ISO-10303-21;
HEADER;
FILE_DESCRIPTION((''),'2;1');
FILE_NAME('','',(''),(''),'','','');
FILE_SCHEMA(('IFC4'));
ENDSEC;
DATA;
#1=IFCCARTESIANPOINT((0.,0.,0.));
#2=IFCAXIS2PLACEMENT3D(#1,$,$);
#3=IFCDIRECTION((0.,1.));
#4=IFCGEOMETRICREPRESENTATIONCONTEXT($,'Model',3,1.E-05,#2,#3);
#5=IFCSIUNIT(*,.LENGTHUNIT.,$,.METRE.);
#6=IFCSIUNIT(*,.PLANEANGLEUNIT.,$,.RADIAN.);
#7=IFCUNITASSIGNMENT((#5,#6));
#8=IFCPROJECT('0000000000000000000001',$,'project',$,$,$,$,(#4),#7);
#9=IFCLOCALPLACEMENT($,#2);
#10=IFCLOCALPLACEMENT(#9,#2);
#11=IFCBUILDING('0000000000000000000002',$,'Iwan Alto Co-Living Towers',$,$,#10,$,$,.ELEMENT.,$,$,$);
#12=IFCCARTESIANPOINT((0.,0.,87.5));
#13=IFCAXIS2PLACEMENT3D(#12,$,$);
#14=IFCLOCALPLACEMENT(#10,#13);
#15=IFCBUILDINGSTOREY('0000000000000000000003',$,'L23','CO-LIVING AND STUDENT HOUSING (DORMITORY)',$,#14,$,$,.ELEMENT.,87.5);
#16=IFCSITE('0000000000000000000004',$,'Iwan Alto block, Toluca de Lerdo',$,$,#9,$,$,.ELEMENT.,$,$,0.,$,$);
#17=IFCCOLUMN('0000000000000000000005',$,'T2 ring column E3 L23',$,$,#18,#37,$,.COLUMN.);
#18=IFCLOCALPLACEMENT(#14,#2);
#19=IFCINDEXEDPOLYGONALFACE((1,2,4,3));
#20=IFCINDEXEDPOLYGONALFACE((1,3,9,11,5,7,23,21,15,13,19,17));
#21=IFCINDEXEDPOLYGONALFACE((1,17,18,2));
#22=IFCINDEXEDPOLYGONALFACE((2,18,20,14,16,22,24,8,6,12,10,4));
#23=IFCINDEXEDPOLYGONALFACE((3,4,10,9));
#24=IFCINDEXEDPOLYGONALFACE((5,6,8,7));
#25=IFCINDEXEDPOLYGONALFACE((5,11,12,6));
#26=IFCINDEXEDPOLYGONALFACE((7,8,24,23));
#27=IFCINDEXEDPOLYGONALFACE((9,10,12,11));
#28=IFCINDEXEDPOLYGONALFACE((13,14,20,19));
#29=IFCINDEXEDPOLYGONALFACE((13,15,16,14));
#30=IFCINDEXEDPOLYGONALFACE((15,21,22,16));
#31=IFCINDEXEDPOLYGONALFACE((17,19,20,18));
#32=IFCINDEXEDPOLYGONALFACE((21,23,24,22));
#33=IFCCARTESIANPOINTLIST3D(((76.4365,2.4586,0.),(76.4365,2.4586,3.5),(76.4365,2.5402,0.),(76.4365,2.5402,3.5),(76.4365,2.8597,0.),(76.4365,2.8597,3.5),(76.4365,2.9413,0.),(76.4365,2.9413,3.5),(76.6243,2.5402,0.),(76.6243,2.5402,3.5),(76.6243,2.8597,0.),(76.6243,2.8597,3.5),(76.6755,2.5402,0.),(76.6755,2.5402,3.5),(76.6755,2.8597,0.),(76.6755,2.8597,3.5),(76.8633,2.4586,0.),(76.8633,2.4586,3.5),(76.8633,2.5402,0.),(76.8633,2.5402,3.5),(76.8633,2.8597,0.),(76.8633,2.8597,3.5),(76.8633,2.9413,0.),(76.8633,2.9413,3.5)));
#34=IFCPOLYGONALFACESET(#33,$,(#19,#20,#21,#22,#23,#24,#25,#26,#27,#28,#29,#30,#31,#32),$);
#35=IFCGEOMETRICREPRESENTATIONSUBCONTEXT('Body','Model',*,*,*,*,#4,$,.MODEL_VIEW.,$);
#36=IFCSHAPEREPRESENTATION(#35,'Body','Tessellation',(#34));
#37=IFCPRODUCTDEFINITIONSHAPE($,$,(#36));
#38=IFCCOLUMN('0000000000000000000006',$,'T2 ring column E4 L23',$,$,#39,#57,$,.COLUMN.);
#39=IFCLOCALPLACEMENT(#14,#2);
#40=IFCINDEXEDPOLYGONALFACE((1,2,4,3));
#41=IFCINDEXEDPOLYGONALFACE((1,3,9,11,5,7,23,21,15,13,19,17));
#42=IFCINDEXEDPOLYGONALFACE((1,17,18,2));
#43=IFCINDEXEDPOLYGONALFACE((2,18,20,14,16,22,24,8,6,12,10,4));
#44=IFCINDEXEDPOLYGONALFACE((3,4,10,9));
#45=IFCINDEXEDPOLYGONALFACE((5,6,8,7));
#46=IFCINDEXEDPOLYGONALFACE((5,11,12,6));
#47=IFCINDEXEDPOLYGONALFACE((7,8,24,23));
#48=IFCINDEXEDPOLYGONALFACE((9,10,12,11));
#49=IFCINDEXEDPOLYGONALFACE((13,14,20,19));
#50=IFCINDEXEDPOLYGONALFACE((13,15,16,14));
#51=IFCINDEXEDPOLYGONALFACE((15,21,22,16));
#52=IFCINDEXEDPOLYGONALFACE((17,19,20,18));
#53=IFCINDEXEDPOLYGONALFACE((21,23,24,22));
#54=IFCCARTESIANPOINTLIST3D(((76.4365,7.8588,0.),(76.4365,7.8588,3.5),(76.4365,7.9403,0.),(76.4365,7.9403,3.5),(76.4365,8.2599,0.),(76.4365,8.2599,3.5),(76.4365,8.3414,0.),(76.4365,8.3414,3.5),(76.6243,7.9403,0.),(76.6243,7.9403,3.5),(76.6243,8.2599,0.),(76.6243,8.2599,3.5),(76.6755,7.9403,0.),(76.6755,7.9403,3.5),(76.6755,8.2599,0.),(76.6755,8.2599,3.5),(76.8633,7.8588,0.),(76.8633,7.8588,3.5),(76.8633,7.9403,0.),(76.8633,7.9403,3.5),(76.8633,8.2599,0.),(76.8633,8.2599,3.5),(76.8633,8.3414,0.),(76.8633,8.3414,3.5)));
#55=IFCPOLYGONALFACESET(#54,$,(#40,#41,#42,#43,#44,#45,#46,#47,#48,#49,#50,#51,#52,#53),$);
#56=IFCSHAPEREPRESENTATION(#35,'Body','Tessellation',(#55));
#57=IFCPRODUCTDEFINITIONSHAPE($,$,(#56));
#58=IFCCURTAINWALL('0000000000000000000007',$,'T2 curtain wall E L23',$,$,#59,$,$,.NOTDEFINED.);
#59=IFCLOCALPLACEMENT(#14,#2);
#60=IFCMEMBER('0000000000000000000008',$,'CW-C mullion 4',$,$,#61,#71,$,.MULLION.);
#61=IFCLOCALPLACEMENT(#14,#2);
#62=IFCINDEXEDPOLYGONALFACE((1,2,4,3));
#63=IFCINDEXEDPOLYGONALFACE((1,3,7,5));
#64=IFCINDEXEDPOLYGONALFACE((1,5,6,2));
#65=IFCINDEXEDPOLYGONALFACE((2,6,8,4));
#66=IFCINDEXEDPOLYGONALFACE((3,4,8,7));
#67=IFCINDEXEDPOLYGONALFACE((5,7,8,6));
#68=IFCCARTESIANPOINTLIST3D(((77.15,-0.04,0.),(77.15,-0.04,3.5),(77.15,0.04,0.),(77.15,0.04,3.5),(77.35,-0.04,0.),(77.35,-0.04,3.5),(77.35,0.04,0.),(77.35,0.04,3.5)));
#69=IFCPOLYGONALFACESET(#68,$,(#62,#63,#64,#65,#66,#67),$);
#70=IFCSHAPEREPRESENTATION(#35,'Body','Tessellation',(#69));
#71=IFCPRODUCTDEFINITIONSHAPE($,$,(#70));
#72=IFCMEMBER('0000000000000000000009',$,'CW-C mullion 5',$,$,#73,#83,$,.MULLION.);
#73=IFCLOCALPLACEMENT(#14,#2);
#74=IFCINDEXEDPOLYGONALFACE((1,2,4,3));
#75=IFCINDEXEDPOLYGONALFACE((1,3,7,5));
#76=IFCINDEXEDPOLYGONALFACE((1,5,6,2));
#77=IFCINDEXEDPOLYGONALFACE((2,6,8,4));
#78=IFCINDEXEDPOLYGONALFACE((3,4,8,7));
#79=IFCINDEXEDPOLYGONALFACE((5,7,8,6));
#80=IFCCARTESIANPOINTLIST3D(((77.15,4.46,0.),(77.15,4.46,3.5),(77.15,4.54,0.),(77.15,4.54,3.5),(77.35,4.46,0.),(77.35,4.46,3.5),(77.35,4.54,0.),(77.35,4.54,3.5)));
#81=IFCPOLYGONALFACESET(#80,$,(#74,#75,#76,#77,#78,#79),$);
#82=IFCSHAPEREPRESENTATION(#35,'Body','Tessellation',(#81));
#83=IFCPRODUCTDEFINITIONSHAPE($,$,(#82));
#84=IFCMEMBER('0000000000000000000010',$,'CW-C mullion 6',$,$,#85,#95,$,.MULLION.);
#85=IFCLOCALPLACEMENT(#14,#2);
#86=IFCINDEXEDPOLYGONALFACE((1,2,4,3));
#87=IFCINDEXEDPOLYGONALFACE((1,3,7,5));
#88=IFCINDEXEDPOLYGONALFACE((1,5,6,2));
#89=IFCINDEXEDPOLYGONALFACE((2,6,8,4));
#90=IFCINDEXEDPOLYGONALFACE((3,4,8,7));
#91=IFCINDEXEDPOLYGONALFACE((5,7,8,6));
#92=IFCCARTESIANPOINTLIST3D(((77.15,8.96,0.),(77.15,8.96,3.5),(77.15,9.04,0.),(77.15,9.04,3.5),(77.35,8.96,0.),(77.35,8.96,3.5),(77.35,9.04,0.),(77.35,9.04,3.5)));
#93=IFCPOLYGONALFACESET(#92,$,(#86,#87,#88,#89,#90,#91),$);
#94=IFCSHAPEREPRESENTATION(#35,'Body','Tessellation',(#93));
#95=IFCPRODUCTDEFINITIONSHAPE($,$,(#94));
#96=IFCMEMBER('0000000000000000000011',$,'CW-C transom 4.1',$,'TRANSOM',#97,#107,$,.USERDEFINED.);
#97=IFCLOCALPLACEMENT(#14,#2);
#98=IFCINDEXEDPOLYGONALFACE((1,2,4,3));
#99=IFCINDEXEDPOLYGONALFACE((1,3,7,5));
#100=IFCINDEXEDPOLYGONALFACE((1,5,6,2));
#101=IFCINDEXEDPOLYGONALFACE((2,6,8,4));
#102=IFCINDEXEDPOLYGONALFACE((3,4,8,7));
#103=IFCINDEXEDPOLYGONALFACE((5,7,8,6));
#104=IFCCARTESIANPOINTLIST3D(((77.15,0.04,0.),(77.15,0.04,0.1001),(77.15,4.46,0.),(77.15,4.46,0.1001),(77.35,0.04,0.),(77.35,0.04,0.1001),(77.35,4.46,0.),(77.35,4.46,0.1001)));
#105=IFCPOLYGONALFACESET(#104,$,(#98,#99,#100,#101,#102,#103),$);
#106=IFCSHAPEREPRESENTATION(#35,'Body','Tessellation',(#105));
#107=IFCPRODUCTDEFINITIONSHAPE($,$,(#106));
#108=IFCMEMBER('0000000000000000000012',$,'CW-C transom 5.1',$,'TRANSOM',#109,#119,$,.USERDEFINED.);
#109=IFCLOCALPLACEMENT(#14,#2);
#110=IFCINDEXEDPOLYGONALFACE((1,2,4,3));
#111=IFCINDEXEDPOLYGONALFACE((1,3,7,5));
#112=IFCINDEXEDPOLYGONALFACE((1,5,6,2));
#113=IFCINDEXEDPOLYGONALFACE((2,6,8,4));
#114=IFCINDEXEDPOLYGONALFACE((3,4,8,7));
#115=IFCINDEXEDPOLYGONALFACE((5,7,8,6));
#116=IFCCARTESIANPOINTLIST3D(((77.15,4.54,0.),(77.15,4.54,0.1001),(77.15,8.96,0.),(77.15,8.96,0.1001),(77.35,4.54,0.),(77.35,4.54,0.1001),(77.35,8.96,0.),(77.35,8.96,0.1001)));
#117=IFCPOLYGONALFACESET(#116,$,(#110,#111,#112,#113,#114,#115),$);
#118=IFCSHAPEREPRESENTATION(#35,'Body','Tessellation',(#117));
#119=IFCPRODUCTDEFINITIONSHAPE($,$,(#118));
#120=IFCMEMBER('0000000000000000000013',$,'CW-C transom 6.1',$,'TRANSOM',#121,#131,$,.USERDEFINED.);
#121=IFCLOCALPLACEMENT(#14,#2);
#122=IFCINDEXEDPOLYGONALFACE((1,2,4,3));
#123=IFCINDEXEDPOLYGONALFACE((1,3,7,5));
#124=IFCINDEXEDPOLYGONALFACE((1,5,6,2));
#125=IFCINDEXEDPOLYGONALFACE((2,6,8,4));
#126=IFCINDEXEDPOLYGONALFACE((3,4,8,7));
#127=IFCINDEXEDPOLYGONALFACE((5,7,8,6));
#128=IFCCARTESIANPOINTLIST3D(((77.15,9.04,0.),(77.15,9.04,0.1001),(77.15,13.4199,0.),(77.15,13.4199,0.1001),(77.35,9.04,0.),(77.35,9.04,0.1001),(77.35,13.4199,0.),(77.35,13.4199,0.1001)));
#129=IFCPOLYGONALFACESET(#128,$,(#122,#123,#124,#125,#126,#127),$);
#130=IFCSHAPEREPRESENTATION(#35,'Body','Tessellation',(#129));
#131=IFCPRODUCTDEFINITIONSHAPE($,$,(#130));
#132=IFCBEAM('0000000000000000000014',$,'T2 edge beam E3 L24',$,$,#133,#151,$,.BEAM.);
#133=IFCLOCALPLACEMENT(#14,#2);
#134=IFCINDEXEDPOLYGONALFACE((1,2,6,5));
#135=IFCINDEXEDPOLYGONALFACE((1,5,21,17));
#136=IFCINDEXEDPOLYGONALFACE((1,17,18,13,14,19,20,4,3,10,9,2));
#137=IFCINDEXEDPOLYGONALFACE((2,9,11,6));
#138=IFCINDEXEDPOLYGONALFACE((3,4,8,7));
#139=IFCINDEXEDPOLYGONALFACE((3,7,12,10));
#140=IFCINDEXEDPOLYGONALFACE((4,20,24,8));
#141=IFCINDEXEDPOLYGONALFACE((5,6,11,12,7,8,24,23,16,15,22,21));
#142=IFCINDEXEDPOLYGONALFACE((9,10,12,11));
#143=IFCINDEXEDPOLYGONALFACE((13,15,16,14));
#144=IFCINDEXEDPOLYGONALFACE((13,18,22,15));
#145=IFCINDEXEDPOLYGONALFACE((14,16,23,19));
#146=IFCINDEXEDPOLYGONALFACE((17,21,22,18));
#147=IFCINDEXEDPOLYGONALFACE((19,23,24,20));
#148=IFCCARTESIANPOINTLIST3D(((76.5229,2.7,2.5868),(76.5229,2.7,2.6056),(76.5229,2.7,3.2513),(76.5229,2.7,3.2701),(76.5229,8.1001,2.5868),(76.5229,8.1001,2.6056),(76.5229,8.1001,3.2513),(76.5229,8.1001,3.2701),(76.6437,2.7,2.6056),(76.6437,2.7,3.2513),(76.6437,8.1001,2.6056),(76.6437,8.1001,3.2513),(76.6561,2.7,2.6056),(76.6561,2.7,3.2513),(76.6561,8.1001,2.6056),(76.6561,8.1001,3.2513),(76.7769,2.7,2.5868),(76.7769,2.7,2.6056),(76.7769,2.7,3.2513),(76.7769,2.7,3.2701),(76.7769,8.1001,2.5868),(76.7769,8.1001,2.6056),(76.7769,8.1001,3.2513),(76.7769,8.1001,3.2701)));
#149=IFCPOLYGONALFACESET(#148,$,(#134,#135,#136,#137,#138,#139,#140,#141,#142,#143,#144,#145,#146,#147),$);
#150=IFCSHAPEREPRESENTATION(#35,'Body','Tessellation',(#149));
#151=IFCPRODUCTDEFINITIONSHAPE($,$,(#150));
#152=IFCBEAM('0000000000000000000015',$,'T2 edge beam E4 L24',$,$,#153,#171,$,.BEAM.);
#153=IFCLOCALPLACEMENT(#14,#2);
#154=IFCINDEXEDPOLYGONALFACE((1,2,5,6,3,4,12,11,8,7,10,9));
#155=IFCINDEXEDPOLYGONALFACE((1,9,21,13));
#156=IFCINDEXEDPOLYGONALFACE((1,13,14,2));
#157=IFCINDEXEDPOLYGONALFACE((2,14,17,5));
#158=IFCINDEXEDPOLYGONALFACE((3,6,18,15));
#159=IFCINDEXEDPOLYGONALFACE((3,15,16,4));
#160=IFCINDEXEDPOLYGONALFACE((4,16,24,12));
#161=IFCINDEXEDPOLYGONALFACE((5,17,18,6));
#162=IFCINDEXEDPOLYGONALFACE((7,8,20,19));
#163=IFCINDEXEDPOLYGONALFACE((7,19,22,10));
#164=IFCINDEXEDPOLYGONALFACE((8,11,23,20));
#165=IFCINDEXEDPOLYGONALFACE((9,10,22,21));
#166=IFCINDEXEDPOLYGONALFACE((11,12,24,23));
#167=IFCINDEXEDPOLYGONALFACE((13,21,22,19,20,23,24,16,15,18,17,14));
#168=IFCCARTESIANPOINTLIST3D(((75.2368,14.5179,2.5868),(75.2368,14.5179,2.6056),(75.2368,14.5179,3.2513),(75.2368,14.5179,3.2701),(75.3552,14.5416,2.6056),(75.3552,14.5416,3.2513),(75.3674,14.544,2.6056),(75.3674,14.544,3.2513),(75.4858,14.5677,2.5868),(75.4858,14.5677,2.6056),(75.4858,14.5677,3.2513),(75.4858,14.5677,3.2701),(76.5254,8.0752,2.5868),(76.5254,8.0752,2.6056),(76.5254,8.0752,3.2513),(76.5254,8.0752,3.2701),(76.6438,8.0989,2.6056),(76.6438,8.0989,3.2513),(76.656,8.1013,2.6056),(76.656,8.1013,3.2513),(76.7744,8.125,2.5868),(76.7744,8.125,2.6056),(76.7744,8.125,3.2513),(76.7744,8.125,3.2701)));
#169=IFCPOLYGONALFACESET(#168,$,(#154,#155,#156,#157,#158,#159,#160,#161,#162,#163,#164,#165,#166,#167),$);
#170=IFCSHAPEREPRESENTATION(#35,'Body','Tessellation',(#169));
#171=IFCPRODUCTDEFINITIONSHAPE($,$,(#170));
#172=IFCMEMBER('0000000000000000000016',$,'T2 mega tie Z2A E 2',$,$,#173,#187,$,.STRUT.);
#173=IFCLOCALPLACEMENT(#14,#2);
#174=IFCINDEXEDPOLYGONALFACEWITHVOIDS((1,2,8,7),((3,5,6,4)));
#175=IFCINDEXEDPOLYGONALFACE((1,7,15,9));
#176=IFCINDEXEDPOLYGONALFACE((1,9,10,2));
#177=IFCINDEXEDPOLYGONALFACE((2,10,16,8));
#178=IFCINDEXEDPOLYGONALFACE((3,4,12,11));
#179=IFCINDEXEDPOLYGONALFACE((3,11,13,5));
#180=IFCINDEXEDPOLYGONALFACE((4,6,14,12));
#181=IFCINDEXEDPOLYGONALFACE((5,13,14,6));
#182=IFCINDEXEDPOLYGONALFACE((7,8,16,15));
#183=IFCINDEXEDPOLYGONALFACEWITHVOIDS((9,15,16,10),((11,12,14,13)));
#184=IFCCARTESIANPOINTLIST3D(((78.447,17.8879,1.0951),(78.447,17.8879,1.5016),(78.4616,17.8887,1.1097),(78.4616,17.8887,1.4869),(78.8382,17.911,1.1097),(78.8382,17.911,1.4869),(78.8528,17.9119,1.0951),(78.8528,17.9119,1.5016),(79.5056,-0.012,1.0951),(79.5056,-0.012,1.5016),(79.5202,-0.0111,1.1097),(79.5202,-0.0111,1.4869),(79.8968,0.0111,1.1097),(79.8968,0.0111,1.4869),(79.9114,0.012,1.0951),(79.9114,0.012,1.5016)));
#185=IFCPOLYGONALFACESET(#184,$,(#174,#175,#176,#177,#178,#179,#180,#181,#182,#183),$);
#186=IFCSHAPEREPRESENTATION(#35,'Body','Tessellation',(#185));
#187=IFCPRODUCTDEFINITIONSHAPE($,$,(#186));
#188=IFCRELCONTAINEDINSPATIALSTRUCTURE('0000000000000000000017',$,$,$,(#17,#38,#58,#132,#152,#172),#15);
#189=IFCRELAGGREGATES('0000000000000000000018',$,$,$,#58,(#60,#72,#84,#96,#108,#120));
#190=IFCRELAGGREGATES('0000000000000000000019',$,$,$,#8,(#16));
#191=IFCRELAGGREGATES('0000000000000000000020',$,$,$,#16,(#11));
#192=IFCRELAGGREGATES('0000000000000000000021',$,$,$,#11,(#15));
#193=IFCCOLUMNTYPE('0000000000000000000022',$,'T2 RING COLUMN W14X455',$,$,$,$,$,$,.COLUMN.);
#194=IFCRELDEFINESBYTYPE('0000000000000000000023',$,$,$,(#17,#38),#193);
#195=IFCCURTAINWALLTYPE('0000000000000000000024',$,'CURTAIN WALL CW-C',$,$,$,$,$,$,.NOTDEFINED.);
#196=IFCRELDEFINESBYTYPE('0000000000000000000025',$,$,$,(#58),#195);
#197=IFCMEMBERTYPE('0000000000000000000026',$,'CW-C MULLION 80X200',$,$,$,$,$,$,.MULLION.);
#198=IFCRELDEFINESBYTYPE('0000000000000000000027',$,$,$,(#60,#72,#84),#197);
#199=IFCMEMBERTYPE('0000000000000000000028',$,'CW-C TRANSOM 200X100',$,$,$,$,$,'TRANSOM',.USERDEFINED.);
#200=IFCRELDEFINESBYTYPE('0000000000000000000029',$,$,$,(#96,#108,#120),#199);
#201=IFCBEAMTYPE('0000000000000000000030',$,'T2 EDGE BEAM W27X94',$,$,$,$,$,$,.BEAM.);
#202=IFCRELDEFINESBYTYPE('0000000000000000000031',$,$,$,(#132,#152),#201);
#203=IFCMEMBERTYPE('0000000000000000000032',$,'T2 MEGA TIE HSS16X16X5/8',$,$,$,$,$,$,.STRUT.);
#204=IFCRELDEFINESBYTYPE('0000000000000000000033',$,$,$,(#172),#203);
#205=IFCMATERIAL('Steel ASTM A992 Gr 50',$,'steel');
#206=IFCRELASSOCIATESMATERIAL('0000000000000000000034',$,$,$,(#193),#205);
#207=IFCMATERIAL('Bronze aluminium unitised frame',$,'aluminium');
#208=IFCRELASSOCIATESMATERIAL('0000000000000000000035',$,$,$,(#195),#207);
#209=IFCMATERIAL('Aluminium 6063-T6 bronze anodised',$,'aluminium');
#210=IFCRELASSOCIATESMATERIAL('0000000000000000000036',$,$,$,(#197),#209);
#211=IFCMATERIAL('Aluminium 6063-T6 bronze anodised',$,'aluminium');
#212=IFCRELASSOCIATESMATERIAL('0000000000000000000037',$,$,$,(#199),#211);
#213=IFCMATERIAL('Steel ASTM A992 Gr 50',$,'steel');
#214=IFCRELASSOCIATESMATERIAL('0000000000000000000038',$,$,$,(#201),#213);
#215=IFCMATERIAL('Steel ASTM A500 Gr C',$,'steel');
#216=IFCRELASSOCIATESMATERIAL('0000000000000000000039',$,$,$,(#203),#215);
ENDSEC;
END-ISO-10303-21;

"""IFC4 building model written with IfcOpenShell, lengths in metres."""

from ifc_helpers import new_model, si_unit, direction, frame, origin, origin_2d, place, context, subcontext, project, spatial, rectangle, hollow_rectangle, i_section, extrude, material, material_profile, profile_set, type_object, element, aggregate, save


model = new_model("IFC4")

# Units and contexts
model_context = context("Model", 3, precision=1e-05, world=origin(), true_north=direction((0.0, 1.0)))
body_context = subcontext(model_context, "Body", "Model", "MODEL_VIEW")
ifc_project = project(units=[si_unit("LENGTHUNIT", "METRE"), si_unit("PLANEANGLEUNIT", "RADIAN")], contexts=[model_context])

# Site, building, storey
site_placement = place(None, origin())
site = spatial("IfcSite", under=ifc_project, at=site_placement, Name="Iwan Alto block, Toluca de Lerdo", CompositionType="ELEMENT", RefElevation=0.0)
building_placement = place(site_placement, origin())
building = spatial("IfcBuilding", under=site, at=building_placement, Name="Iwan Alto Co-Living Towers", CompositionType="ELEMENT")
storey_placement = place(building_placement, frame((0.0, 0.0, 87.5)))
storey = spatial("IfcBuildingStorey", under=building, at=storey_placement, Name="L23", Description="CO-LIVING AND STUDENT HOUSING (DORMITORY)", CompositionType="ELEMENT", Elevation=87.5)

# Columns
ifc_material_1 = material(Name="Steel ASTM A992 Gr 50", Category="steel")
ifc_material_profile_1 = material_profile(ifc_material_1, i_section(OverallWidth=0.4268, OverallDepth=0.4827, WebThickness=0.0513, FlangeThickness=0.0815, at=origin_2d()), Name="W14X455")
ifc_profile_set_1 = profile_set([ifc_material_profile_1], Name="Steel ASTM A992 Gr 50")
column_type = type_object("IfcColumnType", Name="T2 RING COLUMN W14X455", PredefinedType="COLUMN", material=ifc_profile_set_1)
for number, where, z_axis, x_axis, name in (
    (1, (76.6499, 2.7, 0.0), (0.0, 0.0, 1.0), (1.0, 0.0, 0.0), "T2 ring column E3 L23"),
    (2, (76.6499, 8.1001, 0.0), (0.0, 0.0, 1.0), (1.0, 0.0, 0.0), "T2 ring column E4 L23"),
):
    element("IfcColumn", number, at=place(storey_placement, frame(where, z_axis=z_axis, x_axis=x_axis)), inside=storey, type_object=column_type, Name=name, PredefinedType="COLUMN", context=body_context, shape_type="SweptSolid", body=[
        extrude(i_section(OverallWidth=0.4268, OverallDepth=0.4827, WebThickness=0.0513, FlangeThickness=0.0815, at=origin_2d()), origin(), (0.0, 0.0, 1.0), 3.5),
    ])

# Curtain wall, members
ifc_material_2 = material(Name="Bronze aluminium unitised frame", Category="aluminium")
curtain_wall_type = type_object("IfcCurtainWallType", Name="CURTAIN WALL CW-C", PredefinedType="NOTDEFINED", material=ifc_material_2)
curtain_wall_placement = place(storey_placement, origin())
curtain_wall = element("IfcCurtainWall", 3, at=curtain_wall_placement, inside=storey, type_object=curtain_wall_type, Name="T2 curtain wall E L23", PredefinedType="NOTDEFINED")
ifc_material_3 = material(Name="Aluminium 6063-T6 bronze anodised", Category="aluminium")
ifc_material_profile_2 = material_profile(ifc_material_3, rectangle(XDim=0.2, YDim=0.0801, at=origin_2d()), Name="AL 80X200")
ifc_profile_set_2 = profile_set([ifc_material_profile_2], Name="Aluminium 6063-T6 bronze anodised")
member_type_1 = type_object("IfcMemberType", Name="CW-C MULLION 80X200", PredefinedType="MULLION", material=ifc_profile_set_2)
member_1_placement = place(storey_placement, frame((77.25, 0.0, 0.0), z_axis=(0.0, 0.0, 1.0), x_axis=(-1.0, 0.0, 0.0)))
member_1 = element("IfcMember", 4, at=member_1_placement, type_object=member_type_1, Name="CW-C mullion 4", PredefinedType="MULLION", context=body_context, shape_type="SweptSolid", body=[
    extrude(rectangle(XDim=0.2, YDim=0.0801, at=origin_2d()), origin(), (0.0, 0.0, 1.0), 3.5),
])
member_2_placement = place(storey_placement, frame((77.25, 4.5, 0.0), z_axis=(0.0, 0.0, 1.0), x_axis=(-1.0, 0.0, 0.0)))
member_2 = element("IfcMember", 5, at=member_2_placement, type_object=member_type_1, Name="CW-C mullion 5", PredefinedType="MULLION", context=body_context, shape_type="SweptSolid", body=[
    extrude(rectangle(XDim=0.2, YDim=0.0801, at=origin_2d()), origin(), (0.0, 0.0, 1.0), 3.5),
])
member_3_placement = place(storey_placement, frame((77.25, 9.0, 0.0), z_axis=(0.0, 0.0, 1.0), x_axis=(-1.0, 0.0, 0.0)))
member_3 = element("IfcMember", 6, at=member_3_placement, type_object=member_type_1, Name="CW-C mullion 6", PredefinedType="MULLION", context=body_context, shape_type="SweptSolid", body=[
    extrude(rectangle(XDim=0.2, YDim=0.0801, at=origin_2d()), origin(), (0.0, 0.0, 1.0), 3.5),
])
ifc_material_4 = material(Name="Aluminium 6063-T6 bronze anodised", Category="aluminium")
ifc_material_profile_3 = material_profile(ifc_material_4, rectangle(XDim=0.2, YDim=0.1001, at=origin_2d()), Name="AL 200X100")
ifc_profile_set_3 = profile_set([ifc_material_profile_3], Name="Aluminium 6063-T6 bronze anodised")
member_type_2 = type_object("IfcMemberType", Name="CW-C TRANSOM 200X100", ElementType="TRANSOM", PredefinedType="USERDEFINED", material=ifc_profile_set_3)
member_4_placement = place(storey_placement, frame((77.25, 0.04, 0.05), z_axis=(0.0, 1.0, 0.0), x_axis=(-1.0, 0.0, 0.0)))
member_4 = element("IfcMember", 7, at=member_4_placement, type_object=member_type_2, Name="CW-C transom 4.1", ObjectType="TRANSOM", PredefinedType="USERDEFINED", context=body_context, shape_type="SweptSolid", body=[
    extrude(rectangle(XDim=0.2, YDim=0.1001, at=origin_2d()), origin(), (0.0, 0.0, 1.0), 4.4199),
])
member_5_placement = place(storey_placement, frame((77.25, 4.54, 0.05), z_axis=(0.0, 1.0, 0.0), x_axis=(-1.0, 0.0, 0.0)))
member_5 = element("IfcMember", 8, at=member_5_placement, type_object=member_type_2, Name="CW-C transom 5.1", ObjectType="TRANSOM", PredefinedType="USERDEFINED", context=body_context, shape_type="SweptSolid", body=[
    extrude(rectangle(XDim=0.2, YDim=0.1001, at=origin_2d()), origin(), (0.0, 0.0, 1.0), 4.4199),
])
member_6_placement = place(storey_placement, frame((77.25, 9.04, 0.05), z_axis=(0.0, 1.0, 0.0), x_axis=(-1.0, 0.0, 0.0)))
member_6 = element("IfcMember", 9, at=member_6_placement, type_object=member_type_2, Name="CW-C transom 6.1", ObjectType="TRANSOM", PredefinedType="USERDEFINED", context=body_context, shape_type="SweptSolid", body=[
    extrude(rectangle(XDim=0.2, YDim=0.1001, at=origin_2d()), origin(), (0.0, 0.0, 1.0), 4.3799),
])

# Beams
ifc_material_5 = material(Name="Steel ASTM A992 Gr 50", Category="steel")
ifc_material_profile_4 = material_profile(ifc_material_5, i_section(OverallWidth=0.2539, OverallDepth=0.6833, WebThickness=0.0125, FlangeThickness=0.0188, at=origin_2d()), Name="W27X94")
ifc_profile_set_4 = profile_set([ifc_material_profile_4], Name="Steel ASTM A992 Gr 50")
beam_type_1 = type_object("IfcBeamType", Name="T2 EDGE BEAM W27X94", PredefinedType="BEAM", material=ifc_profile_set_4)
beam_1_placement = place(storey_placement, frame((76.6499, 2.7, 2.9285), z_axis=(0.0, 1.0, 0.0), x_axis=(-1.0, 0.0, 0.0)))
element("IfcBeam", 10, at=beam_1_placement, inside=storey, type_object=beam_type_1, Name="T2 edge beam E3 L24", PredefinedType="BEAM", context=body_context, shape_type="SweptSolid", body=[
    extrude(i_section(OverallWidth=0.2539, OverallDepth=0.6833, WebThickness=0.0125, FlangeThickness=0.0188, at=origin_2d()), origin(), (0.0, 0.0, 1.0), 5.4001),
])
beam_2_placement = place(storey_placement, frame((76.6499, 8.1001, 2.9285), z_axis=(-0.196123, 0.980579, 0.0), x_axis=(-0.980579, -0.196123, 0.0)))
element("IfcBeam", 11, at=beam_2_placement, inside=storey, type_object=beam_type_1, Name="T2 edge beam E4 L24", PredefinedType="BEAM", context=body_context, shape_type="SweptSolid", body=[
    extrude(i_section(OverallWidth=0.2539, OverallDepth=0.6833, WebThickness=0.0125, FlangeThickness=0.0188, at=origin_2d()), origin(), (0.0, 0.0, 1.0), 6.5703),
])

# Member
ifc_material_6 = material(Name="Steel ASTM A500 Gr C", Category="steel")
ifc_material_profile_5 = material_profile(ifc_material_6, hollow_rectangle(XDim=0.4065, YDim=0.4065, WallThickness=0.0146, at=origin_2d()), Name="HSS16X16X5/8")
ifc_profile_set_5 = profile_set([ifc_material_profile_5], Name="Steel ASTM A500 Gr C")
member_type_3 = type_object("IfcMemberType", Name="T2 MEGA TIE HSS16X16X5/8", PredefinedType="STRUT", material=ifc_profile_set_5)
member_7_placement = place(storey_placement, frame((79.7085, 0.0, 1.2983), z_axis=(-0.059036, 0.998256, 0.0), x_axis=(-0.998256, -0.059036, 0.0)))
element("IfcMember", 12, at=member_7_placement, inside=storey, type_object=member_type_3, Name="T2 mega tie Z2A E 2", PredefinedType="STRUT", context=body_context, shape_type="SweptSolid", body=[
    extrude(hollow_rectangle(XDim=0.4065, YDim=0.4065, WallThickness=0.0146, at=origin_2d()), origin(), (0.0, 0.0, 1.0), 17.9312),
])

aggregate(curtain_wall, [member_1, member_2, member_3, member_4, member_5, member_6])

save(model, "model.ifc")
